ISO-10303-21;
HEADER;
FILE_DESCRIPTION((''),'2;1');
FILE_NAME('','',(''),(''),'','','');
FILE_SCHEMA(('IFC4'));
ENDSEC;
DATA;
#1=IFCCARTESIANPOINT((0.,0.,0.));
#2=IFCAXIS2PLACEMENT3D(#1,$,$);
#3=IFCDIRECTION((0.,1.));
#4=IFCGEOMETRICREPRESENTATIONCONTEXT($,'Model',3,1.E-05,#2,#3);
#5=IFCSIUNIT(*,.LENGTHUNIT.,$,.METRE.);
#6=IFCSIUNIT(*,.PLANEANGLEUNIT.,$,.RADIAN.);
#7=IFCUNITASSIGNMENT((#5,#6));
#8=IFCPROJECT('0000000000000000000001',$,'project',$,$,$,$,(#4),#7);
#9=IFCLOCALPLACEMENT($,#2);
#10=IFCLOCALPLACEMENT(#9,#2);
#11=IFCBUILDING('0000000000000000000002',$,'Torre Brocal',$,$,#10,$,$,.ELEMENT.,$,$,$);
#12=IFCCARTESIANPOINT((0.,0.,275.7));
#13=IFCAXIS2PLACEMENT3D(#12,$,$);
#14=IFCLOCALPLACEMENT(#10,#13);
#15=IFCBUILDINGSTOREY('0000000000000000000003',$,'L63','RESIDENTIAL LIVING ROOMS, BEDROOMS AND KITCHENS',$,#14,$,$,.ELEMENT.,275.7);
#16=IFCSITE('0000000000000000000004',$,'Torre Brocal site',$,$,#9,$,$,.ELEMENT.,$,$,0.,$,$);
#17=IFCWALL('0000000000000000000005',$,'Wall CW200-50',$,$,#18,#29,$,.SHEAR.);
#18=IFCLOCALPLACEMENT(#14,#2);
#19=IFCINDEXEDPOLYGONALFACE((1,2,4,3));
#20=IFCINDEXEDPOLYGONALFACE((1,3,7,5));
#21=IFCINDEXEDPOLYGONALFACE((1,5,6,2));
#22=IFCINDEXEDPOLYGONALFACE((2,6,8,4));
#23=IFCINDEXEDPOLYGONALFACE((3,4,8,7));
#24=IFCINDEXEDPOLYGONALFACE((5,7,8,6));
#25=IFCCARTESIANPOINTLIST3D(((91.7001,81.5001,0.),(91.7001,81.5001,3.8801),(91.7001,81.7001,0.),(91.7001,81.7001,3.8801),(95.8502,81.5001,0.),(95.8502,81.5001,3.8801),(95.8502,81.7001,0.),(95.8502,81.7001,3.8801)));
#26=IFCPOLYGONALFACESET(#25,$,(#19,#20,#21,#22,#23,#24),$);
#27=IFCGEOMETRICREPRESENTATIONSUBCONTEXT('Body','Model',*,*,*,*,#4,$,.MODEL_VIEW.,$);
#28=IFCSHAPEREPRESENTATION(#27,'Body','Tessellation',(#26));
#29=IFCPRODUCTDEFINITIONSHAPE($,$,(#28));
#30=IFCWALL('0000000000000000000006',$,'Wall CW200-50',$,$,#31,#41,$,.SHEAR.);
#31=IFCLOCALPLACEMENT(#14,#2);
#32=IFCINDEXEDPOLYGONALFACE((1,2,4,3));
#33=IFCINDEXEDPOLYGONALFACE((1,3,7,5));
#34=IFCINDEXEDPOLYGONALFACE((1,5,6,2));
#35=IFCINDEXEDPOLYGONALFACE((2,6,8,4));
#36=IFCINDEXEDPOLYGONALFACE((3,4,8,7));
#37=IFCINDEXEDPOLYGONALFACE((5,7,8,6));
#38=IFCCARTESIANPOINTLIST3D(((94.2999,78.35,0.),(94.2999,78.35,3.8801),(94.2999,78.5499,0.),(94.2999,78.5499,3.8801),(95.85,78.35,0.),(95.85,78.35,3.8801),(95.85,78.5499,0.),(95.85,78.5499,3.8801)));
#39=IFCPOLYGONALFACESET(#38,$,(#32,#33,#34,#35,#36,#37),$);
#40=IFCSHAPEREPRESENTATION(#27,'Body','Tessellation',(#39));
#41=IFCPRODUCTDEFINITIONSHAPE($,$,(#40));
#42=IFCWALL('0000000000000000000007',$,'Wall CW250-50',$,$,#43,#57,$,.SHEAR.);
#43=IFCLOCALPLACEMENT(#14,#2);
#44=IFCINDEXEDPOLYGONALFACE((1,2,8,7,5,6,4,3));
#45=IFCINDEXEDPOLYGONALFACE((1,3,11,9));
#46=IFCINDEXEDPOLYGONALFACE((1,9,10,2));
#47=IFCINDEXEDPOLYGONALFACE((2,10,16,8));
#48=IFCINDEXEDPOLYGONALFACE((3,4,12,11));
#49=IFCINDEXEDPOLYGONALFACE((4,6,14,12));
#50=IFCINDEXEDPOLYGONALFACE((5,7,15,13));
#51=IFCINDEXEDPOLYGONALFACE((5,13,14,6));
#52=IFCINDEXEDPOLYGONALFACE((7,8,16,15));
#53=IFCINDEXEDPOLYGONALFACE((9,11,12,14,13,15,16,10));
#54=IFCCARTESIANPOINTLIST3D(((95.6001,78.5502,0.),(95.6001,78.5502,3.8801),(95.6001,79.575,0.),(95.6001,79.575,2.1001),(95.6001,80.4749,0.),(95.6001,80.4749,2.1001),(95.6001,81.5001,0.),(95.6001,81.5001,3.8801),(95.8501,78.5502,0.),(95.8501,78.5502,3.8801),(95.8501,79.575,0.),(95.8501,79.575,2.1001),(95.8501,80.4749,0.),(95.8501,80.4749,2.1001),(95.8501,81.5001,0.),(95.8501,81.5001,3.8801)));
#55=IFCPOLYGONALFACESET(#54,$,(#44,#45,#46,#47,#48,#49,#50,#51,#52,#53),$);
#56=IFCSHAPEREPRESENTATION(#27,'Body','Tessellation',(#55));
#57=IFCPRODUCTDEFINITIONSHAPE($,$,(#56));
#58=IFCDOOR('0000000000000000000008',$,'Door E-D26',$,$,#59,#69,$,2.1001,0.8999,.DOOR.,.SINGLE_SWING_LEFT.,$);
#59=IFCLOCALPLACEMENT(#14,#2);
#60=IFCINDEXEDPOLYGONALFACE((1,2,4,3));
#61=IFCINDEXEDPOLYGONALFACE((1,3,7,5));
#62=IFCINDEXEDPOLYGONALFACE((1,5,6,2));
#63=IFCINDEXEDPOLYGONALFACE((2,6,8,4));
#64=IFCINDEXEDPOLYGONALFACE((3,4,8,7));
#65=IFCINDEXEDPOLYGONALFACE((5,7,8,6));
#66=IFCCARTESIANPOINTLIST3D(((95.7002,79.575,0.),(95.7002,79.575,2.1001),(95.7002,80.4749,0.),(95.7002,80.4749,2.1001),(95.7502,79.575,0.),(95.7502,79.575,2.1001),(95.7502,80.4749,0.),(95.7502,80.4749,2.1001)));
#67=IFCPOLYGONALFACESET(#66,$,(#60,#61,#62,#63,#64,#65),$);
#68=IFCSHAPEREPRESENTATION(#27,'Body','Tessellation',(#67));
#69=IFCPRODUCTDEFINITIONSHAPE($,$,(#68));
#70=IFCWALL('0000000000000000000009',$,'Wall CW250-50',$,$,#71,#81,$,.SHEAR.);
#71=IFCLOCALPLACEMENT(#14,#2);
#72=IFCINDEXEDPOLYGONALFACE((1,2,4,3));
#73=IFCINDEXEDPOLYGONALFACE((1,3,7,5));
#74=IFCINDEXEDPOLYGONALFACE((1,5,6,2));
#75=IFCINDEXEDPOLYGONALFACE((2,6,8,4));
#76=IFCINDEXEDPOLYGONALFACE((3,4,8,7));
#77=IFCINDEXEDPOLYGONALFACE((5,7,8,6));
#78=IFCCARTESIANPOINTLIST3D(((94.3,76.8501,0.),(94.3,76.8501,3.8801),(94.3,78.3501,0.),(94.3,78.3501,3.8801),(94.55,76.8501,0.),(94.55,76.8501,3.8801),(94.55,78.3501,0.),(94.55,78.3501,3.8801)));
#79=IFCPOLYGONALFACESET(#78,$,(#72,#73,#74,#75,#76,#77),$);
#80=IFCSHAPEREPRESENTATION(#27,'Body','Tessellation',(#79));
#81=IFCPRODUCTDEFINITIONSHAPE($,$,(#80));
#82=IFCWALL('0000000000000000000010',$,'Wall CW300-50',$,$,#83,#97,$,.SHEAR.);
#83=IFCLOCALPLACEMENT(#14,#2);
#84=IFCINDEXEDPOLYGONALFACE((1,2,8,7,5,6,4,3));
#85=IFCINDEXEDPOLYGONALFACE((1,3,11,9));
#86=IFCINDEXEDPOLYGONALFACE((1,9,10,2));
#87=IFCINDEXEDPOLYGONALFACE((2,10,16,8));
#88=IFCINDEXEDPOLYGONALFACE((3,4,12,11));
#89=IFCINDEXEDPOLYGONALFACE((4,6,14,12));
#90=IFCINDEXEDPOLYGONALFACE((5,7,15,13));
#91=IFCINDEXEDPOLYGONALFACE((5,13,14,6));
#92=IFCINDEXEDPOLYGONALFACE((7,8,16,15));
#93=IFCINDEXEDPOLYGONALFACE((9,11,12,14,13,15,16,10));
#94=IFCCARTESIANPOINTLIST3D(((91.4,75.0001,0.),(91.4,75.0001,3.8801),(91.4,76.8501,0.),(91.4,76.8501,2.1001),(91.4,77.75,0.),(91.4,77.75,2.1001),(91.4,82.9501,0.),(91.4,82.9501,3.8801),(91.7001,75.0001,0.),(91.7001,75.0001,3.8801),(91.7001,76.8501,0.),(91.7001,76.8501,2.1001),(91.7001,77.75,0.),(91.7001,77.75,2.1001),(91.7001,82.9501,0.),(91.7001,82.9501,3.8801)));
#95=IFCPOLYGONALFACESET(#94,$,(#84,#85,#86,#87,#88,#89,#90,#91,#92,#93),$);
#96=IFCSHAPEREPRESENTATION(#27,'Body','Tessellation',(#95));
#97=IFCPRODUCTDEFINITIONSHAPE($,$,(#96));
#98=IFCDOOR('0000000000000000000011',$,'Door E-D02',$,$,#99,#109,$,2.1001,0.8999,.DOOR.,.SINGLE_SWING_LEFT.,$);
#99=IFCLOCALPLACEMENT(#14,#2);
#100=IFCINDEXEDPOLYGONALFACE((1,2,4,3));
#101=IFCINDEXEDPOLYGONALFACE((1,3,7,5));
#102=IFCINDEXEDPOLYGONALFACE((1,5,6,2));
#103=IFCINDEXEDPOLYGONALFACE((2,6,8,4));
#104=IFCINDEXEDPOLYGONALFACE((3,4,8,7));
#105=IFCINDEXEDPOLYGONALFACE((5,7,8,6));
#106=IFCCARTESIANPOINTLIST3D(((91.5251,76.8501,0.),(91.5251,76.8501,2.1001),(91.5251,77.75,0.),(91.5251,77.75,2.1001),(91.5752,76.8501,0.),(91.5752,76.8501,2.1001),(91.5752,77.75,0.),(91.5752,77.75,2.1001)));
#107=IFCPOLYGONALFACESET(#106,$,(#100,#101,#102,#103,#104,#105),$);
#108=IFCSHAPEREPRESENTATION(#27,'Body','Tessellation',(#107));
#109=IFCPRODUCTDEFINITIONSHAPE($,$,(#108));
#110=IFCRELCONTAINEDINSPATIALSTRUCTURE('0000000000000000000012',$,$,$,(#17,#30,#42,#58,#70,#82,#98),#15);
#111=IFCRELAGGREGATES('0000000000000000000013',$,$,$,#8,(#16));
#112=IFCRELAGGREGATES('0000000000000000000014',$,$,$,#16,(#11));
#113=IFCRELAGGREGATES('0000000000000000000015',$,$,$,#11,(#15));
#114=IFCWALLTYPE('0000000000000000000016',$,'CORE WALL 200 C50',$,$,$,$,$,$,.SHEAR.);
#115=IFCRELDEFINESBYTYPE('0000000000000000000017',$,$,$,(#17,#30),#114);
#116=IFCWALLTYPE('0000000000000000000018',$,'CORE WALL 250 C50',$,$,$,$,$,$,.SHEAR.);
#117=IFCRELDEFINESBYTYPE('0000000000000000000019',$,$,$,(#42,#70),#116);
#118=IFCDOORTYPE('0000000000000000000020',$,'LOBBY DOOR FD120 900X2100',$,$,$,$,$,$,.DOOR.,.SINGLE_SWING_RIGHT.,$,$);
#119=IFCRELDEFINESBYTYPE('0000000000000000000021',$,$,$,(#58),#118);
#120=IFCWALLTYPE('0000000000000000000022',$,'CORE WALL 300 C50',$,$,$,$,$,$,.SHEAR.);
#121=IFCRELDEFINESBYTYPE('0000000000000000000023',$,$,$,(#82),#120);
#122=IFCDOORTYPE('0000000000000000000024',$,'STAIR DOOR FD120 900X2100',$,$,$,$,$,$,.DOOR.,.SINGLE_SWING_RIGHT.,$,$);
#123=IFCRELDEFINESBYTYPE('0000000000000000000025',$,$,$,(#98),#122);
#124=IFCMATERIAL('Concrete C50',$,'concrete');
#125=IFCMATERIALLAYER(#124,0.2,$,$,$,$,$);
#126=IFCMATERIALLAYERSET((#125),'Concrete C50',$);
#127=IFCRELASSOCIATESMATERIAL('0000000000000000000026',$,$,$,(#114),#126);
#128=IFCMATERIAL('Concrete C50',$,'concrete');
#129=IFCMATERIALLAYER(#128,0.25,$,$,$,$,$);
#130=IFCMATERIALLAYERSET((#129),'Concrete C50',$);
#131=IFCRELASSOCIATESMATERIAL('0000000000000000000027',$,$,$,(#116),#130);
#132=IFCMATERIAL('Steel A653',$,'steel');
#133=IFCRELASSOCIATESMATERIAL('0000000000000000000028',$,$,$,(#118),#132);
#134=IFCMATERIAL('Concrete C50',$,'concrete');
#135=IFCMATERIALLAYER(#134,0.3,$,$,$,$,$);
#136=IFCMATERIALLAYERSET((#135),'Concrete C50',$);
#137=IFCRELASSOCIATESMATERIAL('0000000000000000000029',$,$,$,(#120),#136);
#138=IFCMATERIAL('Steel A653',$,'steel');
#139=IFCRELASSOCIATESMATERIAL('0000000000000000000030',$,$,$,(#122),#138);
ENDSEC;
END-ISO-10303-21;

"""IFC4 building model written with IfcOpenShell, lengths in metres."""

from ifc_helpers import new_model, si_unit, direction, frame, frame_2d, origin, place, context, subcontext, project, spatial, rectangle, extrude, material, layer, layer_set, type_object, element, fill, save


model = new_model("IFC4")

# Units and contexts
model_context = context("Model", 3, precision=1e-05, world=origin(), true_north=direction((0.0, 1.0)))
body_context = subcontext(model_context, "Body", "Model", "MODEL_VIEW")
ifc_project = project(units=[si_unit("LENGTHUNIT", "METRE"), si_unit("PLANEANGLEUNIT", "RADIAN")], contexts=[model_context])

# Site, building, storey
site_placement = place(None, origin())
site = spatial("IfcSite", under=ifc_project, at=site_placement, Name="Torre Brocal site", CompositionType="ELEMENT", RefElevation=0.0)
building_placement = place(site_placement, origin())
building = spatial("IfcBuilding", under=site, at=building_placement, Name="Torre Brocal", CompositionType="ELEMENT")
storey_placement = place(building_placement, frame((0.0, 0.0, 275.7)))
storey = spatial("IfcBuildingStorey", under=building, at=storey_placement, Name="L63", Description="RESIDENTIAL LIVING ROOMS, BEDROOMS AND KITCHENS", CompositionType="ELEMENT", Elevation=275.7)

# Walls
ifc_material_1 = material(Name="Concrete C50", Category="concrete")
ifc_layer_1 = layer(ifc_material_1, 0.2)
ifc_layer_set_1 = layer_set([ifc_layer_1], Name="Concrete C50")
wall_type_1 = type_object("IfcWallType", Name="CORE WALL 200 C50", PredefinedType="SHEAR", material=ifc_layer_set_1)
wall_1_placement = place(storey_placement, frame((91.7, 81.6001, 0.0), z_axis=(0.0, 0.0, 1.0), x_axis=(1.0, 0.0, 0.0)))
element("IfcWall", 1, at=wall_1_placement, inside=storey, type_object=wall_type_1, Name="Wall CW200-50", PredefinedType="SHEAR", context=body_context, shape_type="SweptSolid", body=[
    extrude(rectangle(XDim=4.1501, YDim=0.2, at=frame_2d((2.0752, 0.0))), origin(), (0.0, 0.0, 1.0), 3.8801),
])
wall_2_placement = place(storey_placement, frame((94.3, 78.45, 0.0), z_axis=(0.0, 0.0, 1.0), x_axis=(1.0, 0.0, 0.0)))
element("IfcWall", 2, at=wall_2_placement, inside=storey, type_object=wall_type_1, Name="Wall CW200-50", PredefinedType="SHEAR", context=body_context, shape_type="SweptSolid", body=[
    extrude(rectangle(XDim=1.55, YDim=0.2, at=frame_2d((0.7749, 0.0))), origin(), (0.0, 0.0, 1.0), 3.8801),
])

# Wall, opening, door
ifc_material_2 = material(Name="Concrete C50", Category="concrete")
ifc_layer_2 = layer(ifc_material_2, 0.25)
ifc_layer_set_2 = layer_set([ifc_layer_2], Name="Concrete C50")
wall_type_2 = type_object("IfcWallType", Name="CORE WALL 250 C50", PredefinedType="SHEAR", material=ifc_layer_set_2)
wall_3_placement = place(storey_placement, frame((95.7251, 78.55, 0.0), z_axis=(0.0, 0.0, 1.0), x_axis=(0.0, 1.0, 0.0)))
wall_3 = element("IfcWall", 3, at=wall_3_placement, inside=storey, type_object=wall_type_2, Name="Wall CW250-50", PredefinedType="SHEAR", context=body_context, shape_type="SweptSolid", body=[
    extrude(rectangle(XDim=2.95, YDim=0.25, at=frame_2d((1.4751, 0.0))), origin(), (0.0, 0.0, 1.0), 3.8801),
])
opening_1_placement = place(wall_3_placement, frame((1.0249, 0.0, 0.0)))
opening_1 = element("IfcOpeningElement", 4, at=opening_1_placement, cuts=wall_3, PredefinedType="OPENING", context=body_context, shape_type="SweptSolid", body=[
    extrude(rectangle(XDim=0.8999, YDim=2.1001, at=frame_2d((0.45, 1.05))), frame((0.0, 0.135, 0.0), z_axis=(0.0, -1.0, 0.0), x_axis=(1.0, 0.0, 0.0)), (0.0, 0.0, 1.0), 0.27),
])
ifc_material_3 = material(Name="Steel A653", Category="steel")
door_type_1 = type_object("IfcDoorType", Name="LOBBY DOOR FD120 900X2100", OperationType="SINGLE_SWING_RIGHT", PredefinedType="DOOR", material=ifc_material_3)
door_1_placement = place(opening_1_placement, origin())
door_1 = element("IfcDoor", 5, at=door_1_placement, inside=storey, type_object=door_type_1, Name="Door E-D26", OperationType="SINGLE_SWING_LEFT", OverallHeight=2.1001, OverallWidth=0.8999, PredefinedType="DOOR", context=body_context, shape_type="SweptSolid", body=[
    extrude(rectangle(XDim=0.8999, YDim=2.1001, at=frame_2d((0.45, 1.05))), frame((0.0, 0.0249, 0.0), z_axis=(0.0, -1.0, 0.0), x_axis=(1.0, 0.0, 0.0)), (0.0, 0.0, 1.0), 0.05),
])
fill(opening_1, door_1)

# Wall
wall_4_placement = place(storey_placement, frame((94.425, 76.8501, 0.0), z_axis=(0.0, 0.0, 1.0), x_axis=(0.0, 1.0, 0.0)))
element("IfcWall", 6, at=wall_4_placement, inside=storey, type_object=wall_type_2, Name="Wall CW250-50", PredefinedType="SHEAR", context=body_context, shape_type="SweptSolid", body=[
    extrude(rectangle(XDim=1.5, YDim=0.25, at=frame_2d((0.75, 0.0))), origin(), (0.0, 0.0, 1.0), 3.8801),
])

# Wall, opening, door
ifc_material_4 = material(Name="Concrete C50", Category="concrete")
ifc_layer_3 = layer(ifc_material_4, 0.3)
ifc_layer_set_3 = layer_set([ifc_layer_3], Name="Concrete C50")
wall_type_3 = type_object("IfcWallType", Name="CORE WALL 300 C50", PredefinedType="SHEAR", material=ifc_layer_set_3)
wall_5_placement = place(storey_placement, frame((91.55, 75.0, 0.0), z_axis=(0.0, 0.0, 1.0), x_axis=(0.0, 1.0, 0.0)))
wall_5 = element("IfcWall", 7, at=wall_5_placement, inside=storey, type_object=wall_type_3, Name="Wall CW300-50", PredefinedType="SHEAR", context=body_context, shape_type="SweptSolid", body=[
    extrude(rectangle(XDim=7.95, YDim=0.3, at=frame_2d((3.9751, 0.0))), origin(), (0.0, 0.0, 1.0), 3.8801),
])
opening_2_placement = place(wall_5_placement, frame((1.8501, 0.0, 0.0)))
opening_2 = element("IfcOpeningElement", 8, at=opening_2_placement, cuts=wall_5, PredefinedType="OPENING", context=body_context, shape_type="SweptSolid", body=[
    extrude(rectangle(XDim=0.8999, YDim=2.1001, at=frame_2d((0.45, 1.05))), frame((0.0, 0.1599, 0.0), z_axis=(0.0, -1.0, 0.0), x_axis=(1.0, 0.0, 0.0)), (0.0, 0.0, 1.0), 0.3201),
])
ifc_material_5 = material(Name="Steel A653", Category="steel")
door_type_2 = type_object("IfcDoorType", Name="STAIR DOOR FD120 900X2100", OperationType="SINGLE_SWING_RIGHT", PredefinedType="DOOR", material=ifc_material_5)
door_2_placement = place(opening_2_placement, origin())
door_2 = element("IfcDoor", 9, at=door_2_placement, inside=storey, type_object=door_type_2, Name="Door E-D02", OperationType="SINGLE_SWING_LEFT", OverallHeight=2.1001, OverallWidth=0.8999, PredefinedType="DOOR", context=body_context, shape_type="SweptSolid", body=[
    extrude(rectangle(XDim=0.8999, YDim=2.1001, at=frame_2d((0.45, 1.05))), frame((0.0, 0.0249, 0.0), z_axis=(0.0, -1.0, 0.0), x_axis=(1.0, 0.0, 0.0)), (0.0, 0.0, 1.0), 0.05),
])
fill(opening_2, door_2)

save(model, "model.ifc")
